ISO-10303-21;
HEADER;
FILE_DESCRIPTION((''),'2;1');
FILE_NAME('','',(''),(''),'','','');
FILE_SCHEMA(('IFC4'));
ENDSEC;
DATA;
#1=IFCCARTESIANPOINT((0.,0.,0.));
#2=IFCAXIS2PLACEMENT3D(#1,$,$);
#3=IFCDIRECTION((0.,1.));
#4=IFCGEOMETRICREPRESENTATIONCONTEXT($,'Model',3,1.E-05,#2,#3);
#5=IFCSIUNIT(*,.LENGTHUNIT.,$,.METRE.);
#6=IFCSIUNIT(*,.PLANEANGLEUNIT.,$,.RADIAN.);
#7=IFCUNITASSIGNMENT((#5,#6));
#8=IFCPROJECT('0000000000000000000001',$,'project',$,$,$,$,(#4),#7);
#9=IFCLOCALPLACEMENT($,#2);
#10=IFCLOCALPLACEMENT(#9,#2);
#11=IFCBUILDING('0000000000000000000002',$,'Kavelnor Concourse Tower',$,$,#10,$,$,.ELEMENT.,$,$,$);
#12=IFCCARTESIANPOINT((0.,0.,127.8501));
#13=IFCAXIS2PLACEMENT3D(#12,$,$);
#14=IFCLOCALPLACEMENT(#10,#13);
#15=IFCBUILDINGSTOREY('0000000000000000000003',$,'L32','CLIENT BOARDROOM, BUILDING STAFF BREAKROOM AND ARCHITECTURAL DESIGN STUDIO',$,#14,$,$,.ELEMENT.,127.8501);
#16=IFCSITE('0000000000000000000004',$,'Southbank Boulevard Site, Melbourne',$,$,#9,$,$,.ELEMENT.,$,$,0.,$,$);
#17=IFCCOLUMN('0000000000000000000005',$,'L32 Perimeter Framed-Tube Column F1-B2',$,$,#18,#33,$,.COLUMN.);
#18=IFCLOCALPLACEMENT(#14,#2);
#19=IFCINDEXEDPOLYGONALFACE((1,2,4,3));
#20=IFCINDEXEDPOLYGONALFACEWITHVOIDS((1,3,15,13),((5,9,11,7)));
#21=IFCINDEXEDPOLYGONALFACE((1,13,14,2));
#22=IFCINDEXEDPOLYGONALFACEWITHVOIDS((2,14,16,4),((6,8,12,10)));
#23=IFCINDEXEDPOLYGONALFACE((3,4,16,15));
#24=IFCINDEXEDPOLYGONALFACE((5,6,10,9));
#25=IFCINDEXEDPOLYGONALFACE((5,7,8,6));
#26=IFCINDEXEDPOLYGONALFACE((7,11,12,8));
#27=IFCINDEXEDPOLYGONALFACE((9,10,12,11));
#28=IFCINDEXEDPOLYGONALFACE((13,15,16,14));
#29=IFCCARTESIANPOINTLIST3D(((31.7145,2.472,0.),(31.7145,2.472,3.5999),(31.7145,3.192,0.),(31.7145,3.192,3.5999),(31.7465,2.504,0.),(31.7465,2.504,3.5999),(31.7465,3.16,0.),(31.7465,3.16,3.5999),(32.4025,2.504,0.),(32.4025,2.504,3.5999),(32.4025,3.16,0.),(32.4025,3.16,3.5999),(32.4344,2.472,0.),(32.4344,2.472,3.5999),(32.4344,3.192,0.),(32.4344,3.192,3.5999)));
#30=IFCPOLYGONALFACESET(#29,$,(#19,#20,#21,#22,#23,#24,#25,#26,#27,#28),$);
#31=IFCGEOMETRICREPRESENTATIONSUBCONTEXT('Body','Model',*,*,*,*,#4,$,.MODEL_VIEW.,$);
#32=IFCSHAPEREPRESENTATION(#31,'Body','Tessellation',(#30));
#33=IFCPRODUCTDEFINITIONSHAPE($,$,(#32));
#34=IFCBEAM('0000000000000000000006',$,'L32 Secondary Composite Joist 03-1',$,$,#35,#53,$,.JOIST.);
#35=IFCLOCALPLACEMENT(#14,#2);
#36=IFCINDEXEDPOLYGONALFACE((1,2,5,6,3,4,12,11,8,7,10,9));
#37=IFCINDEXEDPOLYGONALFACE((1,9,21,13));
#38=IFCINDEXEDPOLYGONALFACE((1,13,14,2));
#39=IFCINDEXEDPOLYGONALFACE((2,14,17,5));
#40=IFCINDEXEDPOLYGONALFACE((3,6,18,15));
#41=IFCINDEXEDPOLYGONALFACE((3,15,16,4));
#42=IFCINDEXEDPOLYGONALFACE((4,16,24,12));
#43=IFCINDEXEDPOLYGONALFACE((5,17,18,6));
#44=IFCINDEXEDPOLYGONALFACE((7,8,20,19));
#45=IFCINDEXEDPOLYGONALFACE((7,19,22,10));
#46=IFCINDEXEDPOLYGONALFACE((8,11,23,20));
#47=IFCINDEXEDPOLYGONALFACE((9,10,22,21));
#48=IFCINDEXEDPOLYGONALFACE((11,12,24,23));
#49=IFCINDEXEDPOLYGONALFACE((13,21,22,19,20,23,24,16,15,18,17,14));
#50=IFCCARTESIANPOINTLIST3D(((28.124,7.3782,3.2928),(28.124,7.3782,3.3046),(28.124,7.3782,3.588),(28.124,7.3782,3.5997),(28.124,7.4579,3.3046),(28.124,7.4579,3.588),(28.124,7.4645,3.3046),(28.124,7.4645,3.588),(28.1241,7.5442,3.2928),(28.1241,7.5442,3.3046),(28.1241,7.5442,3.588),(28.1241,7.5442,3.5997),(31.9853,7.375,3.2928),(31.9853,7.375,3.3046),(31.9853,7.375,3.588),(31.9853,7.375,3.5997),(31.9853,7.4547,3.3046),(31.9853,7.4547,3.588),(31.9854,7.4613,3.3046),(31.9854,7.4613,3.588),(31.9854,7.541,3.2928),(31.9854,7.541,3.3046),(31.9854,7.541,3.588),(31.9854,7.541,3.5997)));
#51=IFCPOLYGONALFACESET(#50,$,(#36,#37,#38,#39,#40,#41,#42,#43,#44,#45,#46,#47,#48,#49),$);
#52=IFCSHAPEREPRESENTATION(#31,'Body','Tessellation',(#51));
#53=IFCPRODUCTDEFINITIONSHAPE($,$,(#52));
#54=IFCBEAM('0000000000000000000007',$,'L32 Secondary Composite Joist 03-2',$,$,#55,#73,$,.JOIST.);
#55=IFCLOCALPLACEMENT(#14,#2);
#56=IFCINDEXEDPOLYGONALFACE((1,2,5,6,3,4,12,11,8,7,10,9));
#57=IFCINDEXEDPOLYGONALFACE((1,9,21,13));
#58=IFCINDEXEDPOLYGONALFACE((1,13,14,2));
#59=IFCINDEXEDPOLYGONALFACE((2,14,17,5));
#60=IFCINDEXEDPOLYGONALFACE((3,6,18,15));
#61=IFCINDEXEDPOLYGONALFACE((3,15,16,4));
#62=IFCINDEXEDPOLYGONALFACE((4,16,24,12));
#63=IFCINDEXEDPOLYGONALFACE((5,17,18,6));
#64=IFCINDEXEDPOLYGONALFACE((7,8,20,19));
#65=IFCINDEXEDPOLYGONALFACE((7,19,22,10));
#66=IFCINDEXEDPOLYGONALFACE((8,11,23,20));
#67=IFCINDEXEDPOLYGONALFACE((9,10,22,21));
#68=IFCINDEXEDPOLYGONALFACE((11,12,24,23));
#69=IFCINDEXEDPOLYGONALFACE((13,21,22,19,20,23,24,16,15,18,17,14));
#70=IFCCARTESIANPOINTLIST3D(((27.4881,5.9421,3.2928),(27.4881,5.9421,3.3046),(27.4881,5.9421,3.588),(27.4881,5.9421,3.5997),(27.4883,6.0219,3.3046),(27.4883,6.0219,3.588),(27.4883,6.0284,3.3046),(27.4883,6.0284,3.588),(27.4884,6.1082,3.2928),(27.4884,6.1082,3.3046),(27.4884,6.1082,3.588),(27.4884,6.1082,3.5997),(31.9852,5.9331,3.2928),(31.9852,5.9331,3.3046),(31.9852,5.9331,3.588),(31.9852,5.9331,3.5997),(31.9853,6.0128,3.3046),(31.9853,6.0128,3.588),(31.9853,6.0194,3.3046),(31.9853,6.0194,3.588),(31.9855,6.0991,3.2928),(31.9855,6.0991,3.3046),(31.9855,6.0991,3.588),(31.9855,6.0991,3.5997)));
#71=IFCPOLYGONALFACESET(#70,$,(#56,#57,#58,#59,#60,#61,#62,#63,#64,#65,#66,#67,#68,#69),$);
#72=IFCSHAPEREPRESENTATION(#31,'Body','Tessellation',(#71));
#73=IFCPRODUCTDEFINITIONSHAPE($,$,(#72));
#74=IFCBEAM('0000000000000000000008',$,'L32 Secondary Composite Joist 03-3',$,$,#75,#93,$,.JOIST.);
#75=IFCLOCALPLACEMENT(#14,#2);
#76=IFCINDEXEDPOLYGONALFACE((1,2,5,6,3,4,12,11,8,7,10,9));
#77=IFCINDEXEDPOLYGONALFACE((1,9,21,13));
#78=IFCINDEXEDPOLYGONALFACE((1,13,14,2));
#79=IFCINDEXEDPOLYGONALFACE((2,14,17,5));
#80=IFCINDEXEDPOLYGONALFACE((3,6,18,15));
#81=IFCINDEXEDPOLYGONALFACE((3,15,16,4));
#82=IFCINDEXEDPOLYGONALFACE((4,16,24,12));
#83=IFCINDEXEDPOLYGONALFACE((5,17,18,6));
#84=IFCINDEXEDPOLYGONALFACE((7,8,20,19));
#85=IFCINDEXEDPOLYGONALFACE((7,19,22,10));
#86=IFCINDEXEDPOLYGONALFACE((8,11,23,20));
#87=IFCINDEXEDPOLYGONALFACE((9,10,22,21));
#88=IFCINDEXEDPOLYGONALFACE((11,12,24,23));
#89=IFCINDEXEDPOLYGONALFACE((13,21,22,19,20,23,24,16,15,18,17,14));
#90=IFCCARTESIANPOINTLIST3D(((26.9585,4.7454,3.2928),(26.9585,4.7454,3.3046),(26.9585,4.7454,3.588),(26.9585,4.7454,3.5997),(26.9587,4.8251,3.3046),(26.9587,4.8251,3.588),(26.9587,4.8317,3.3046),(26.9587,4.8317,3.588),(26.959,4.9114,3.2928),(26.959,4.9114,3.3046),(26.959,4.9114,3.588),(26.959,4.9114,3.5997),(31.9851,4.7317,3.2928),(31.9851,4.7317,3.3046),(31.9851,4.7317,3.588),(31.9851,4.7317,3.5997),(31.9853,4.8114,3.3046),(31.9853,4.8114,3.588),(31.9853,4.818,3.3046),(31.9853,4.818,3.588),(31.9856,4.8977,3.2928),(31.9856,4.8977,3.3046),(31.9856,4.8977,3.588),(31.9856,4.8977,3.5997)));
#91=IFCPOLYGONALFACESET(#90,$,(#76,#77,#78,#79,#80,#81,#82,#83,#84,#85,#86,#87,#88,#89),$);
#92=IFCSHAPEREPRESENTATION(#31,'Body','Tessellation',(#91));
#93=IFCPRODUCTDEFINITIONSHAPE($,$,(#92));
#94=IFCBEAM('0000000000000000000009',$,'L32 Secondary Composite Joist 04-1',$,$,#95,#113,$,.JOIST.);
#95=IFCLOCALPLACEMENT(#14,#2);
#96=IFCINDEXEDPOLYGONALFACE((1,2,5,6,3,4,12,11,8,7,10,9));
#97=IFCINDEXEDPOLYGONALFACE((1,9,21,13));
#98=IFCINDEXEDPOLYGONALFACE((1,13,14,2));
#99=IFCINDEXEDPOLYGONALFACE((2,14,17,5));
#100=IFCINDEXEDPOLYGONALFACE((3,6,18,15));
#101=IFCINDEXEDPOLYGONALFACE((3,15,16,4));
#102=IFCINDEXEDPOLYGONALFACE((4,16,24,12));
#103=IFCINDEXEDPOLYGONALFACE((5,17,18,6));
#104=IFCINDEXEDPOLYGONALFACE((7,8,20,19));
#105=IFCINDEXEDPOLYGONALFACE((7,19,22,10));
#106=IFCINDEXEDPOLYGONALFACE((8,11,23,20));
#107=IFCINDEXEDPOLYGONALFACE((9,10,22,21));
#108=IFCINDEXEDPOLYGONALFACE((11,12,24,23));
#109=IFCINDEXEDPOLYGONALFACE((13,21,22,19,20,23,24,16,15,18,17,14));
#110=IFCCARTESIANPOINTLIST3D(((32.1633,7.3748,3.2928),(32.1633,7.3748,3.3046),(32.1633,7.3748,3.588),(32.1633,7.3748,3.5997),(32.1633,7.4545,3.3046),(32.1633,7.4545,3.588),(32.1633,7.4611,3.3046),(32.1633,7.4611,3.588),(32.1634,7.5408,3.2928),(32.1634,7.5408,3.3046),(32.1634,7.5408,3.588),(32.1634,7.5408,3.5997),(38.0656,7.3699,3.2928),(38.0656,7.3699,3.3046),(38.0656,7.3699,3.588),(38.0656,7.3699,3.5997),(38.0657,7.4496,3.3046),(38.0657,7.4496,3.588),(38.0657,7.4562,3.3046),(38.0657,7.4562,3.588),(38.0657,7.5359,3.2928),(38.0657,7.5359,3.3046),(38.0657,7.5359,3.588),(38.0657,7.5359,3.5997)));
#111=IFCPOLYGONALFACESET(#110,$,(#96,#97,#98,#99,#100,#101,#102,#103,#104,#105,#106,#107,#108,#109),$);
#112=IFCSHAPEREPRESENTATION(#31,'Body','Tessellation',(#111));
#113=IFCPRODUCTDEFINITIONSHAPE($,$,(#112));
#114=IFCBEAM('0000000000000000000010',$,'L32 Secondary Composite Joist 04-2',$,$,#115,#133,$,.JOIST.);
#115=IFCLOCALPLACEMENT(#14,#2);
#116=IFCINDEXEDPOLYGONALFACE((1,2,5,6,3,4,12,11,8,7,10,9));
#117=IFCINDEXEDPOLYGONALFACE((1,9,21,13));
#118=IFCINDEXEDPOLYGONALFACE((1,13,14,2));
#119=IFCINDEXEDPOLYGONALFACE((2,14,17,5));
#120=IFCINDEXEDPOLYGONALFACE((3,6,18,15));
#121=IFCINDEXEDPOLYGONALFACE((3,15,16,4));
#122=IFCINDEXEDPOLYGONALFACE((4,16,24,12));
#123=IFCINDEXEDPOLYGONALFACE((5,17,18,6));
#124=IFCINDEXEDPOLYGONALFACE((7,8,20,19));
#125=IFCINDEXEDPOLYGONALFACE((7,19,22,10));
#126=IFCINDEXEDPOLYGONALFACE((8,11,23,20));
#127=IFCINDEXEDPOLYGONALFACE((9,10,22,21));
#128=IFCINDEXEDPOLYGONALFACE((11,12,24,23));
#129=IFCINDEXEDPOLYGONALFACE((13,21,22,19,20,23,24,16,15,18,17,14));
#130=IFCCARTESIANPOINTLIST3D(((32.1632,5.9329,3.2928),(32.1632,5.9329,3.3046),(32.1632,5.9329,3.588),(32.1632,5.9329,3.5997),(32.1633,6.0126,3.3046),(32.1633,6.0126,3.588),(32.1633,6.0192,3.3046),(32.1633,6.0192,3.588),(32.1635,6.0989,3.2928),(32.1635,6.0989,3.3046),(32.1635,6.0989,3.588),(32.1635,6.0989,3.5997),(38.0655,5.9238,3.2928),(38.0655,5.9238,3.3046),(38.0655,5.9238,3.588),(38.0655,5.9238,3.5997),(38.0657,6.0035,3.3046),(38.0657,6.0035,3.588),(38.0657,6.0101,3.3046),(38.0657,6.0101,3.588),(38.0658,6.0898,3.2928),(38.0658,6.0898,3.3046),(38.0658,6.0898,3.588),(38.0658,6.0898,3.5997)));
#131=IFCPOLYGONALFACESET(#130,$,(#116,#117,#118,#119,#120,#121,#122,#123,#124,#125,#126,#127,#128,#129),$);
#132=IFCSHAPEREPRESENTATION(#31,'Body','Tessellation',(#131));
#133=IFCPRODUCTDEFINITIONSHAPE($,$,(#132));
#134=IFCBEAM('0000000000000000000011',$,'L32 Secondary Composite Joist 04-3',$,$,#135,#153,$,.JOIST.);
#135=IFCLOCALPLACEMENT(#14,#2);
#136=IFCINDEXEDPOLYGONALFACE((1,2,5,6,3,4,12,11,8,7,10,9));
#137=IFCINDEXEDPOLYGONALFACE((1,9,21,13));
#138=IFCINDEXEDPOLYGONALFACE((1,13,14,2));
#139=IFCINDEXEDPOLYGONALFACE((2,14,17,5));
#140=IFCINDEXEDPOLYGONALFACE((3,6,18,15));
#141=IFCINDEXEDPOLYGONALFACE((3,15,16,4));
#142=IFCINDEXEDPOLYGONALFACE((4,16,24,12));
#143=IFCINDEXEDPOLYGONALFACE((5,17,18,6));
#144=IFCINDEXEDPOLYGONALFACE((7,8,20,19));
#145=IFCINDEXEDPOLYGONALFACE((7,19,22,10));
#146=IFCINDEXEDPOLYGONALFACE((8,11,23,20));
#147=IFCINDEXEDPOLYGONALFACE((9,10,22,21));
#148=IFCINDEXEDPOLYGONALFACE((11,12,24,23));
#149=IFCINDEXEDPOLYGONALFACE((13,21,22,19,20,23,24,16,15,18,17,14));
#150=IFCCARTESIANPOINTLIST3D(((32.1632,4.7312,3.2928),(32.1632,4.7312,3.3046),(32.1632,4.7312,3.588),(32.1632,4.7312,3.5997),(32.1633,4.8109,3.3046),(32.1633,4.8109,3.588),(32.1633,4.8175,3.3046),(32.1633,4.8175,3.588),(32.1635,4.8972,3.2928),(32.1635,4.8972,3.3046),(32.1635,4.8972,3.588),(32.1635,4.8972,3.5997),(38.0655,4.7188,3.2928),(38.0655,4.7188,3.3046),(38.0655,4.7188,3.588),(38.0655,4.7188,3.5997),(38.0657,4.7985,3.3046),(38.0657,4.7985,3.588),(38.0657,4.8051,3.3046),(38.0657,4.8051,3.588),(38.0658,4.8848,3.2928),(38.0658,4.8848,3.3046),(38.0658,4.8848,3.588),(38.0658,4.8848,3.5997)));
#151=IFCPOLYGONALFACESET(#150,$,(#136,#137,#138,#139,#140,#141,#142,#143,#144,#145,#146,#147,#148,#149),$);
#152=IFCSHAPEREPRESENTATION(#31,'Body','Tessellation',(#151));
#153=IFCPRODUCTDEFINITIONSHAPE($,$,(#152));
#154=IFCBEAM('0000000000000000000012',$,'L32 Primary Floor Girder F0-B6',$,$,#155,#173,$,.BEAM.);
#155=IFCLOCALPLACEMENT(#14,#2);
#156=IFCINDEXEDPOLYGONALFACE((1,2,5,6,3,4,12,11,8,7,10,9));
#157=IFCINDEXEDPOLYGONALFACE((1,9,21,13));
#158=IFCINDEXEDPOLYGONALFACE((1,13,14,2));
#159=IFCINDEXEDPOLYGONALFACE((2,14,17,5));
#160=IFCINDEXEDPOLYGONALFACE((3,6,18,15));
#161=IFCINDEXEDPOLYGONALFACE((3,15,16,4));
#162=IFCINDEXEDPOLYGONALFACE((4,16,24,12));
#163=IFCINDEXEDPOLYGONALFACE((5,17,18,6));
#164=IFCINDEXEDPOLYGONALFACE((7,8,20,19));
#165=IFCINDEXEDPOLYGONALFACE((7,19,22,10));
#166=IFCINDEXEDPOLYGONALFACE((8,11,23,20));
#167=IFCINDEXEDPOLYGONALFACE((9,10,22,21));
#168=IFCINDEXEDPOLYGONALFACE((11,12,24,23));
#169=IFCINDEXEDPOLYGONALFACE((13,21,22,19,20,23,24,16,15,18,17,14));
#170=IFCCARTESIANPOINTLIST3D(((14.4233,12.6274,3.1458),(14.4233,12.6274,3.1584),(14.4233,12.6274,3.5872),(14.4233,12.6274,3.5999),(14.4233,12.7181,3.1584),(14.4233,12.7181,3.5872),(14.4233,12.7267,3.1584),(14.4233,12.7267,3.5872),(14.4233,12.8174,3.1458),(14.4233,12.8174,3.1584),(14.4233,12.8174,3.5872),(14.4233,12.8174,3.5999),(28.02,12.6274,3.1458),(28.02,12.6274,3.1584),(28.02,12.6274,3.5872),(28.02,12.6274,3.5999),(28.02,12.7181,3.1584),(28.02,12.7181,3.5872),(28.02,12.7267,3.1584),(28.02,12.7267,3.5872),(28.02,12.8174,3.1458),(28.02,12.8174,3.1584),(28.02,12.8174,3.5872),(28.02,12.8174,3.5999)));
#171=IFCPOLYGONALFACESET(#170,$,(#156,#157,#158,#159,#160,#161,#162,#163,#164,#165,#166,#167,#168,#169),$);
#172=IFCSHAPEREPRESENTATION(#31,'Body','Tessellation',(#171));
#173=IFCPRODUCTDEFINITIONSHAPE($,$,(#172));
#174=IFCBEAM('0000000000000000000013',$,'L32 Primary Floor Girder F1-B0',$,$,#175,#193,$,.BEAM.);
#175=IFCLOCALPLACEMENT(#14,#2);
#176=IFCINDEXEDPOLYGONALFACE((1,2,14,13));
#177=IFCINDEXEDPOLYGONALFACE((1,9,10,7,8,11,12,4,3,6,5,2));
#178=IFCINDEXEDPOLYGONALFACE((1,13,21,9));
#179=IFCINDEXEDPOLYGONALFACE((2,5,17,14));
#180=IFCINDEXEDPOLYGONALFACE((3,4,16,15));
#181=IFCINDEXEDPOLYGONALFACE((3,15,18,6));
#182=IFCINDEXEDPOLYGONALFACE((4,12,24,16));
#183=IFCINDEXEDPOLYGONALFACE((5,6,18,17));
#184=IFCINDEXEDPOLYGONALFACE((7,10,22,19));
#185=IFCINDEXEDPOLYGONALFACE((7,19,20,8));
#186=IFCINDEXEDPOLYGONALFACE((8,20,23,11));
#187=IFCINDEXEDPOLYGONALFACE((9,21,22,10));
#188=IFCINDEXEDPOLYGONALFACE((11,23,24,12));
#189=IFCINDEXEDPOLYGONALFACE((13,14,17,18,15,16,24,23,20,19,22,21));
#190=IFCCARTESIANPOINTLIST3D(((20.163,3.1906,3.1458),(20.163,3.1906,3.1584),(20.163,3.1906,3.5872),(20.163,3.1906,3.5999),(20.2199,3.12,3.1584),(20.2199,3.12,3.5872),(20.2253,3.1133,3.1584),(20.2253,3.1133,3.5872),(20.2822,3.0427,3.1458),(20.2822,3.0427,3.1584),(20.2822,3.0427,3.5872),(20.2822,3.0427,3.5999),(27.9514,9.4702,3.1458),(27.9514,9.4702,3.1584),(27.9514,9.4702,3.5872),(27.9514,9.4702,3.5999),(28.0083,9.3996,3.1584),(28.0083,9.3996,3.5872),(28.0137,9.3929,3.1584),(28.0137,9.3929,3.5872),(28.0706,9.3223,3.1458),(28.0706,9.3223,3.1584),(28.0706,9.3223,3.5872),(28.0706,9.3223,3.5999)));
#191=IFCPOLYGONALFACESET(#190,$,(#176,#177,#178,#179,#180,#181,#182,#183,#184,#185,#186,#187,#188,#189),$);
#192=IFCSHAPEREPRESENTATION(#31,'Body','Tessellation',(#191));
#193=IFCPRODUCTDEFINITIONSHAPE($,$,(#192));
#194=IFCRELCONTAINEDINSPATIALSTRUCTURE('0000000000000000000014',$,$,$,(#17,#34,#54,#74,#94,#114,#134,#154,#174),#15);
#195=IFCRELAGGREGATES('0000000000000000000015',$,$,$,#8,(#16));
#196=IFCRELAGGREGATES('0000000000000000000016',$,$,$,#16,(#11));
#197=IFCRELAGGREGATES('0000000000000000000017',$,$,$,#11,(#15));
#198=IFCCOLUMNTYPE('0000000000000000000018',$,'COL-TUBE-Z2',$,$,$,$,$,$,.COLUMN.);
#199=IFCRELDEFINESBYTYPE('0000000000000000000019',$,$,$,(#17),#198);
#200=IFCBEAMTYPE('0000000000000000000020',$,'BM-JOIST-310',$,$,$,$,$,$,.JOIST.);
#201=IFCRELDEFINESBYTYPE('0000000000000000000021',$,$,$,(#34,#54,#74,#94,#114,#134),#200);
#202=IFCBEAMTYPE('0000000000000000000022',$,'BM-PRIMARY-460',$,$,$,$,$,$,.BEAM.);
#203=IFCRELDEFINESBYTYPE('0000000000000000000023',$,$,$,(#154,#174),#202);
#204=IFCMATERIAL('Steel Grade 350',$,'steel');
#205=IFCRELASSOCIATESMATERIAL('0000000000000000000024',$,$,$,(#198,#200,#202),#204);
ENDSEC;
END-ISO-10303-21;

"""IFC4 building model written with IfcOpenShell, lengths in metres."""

from ifc_helpers import new_model, si_unit, direction, frame, origin, origin_2d, place, context, subcontext, project, spatial, hollow_rectangle, i_section, extrude, material, material_profile, profile_set, type_object, element, save


model = new_model("IFC4")

# Units and contexts
model_context = context("Model", 3, precision=1e-05, world=origin(), true_north=direction((0.0, 1.0)))
body_context = subcontext(model_context, "Body", "Model", "MODEL_VIEW")
ifc_project = project(units=[si_unit("LENGTHUNIT", "METRE"), si_unit("PLANEANGLEUNIT", "RADIAN")], contexts=[model_context])

# Site, building, storey
site_placement = place(None, origin())
site = spatial("IfcSite", under=ifc_project, at=site_placement, Name="Southbank Boulevard Site, Melbourne", CompositionType="ELEMENT", RefElevation=0.0)
building_placement = place(site_placement, origin())
building = spatial("IfcBuilding", under=site, at=building_placement, Name="Kavelnor Concourse Tower", CompositionType="ELEMENT")
storey_placement = place(building_placement, frame((0.0, 0.0, 127.8501)))
storey = spatial("IfcBuildingStorey", under=building, at=storey_placement, Name="L32", Description="CLIENT BOARDROOM, BUILDING STAFF BREAKROOM AND ARCHITECTURAL DESIGN STUDIO", CompositionType="ELEMENT", Elevation=127.8501)

# Column
ifc_material_1 = material(Name="Steel Grade 350", Category="steel")
ifc_material_profile_1 = material_profile(ifc_material_1, hollow_rectangle(XDim=0.72, YDim=0.72, WallThickness=0.032, at=origin_2d()), Name="SHS 720x720x32")
ifc_profile_set_1 = profile_set([ifc_material_profile_1], Name="Steel Grade 350")
column_type = type_object("IfcColumnType", Name="COL-TUBE-Z2", PredefinedType="COLUMN", material=ifc_profile_set_1)
column_placement = place(storey_placement, frame((32.0745, 2.832, 0.0), z_axis=(0.0, 0.0, 1.0), x_axis=(1.0, 0.0, 0.0)))
element("IfcColumn", 1, at=column_placement, inside=storey, type_object=column_type, Name="L32 Perimeter Framed-Tube Column F1-B2", PredefinedType="COLUMN", context=body_context, shape_type="SweptSolid", body=[
    extrude(hollow_rectangle(XDim=0.72, YDim=0.72, WallThickness=0.032, at=origin_2d()), origin(), (0.0, 0.0, 1.0), 3.5999),
])

# Beams
ifc_material_profile_2 = material_profile(ifc_material_1, i_section(OverallWidth=0.166, OverallDepth=0.3069, WebThickness=0.0066, FlangeThickness=0.0117, at=origin_2d()), Name="310UB46")
ifc_profile_set_2 = profile_set([ifc_material_profile_2], Name="Steel Grade 350")
beam_type_1 = type_object("IfcBeamType", Name="BM-JOIST-310", PredefinedType="JOIST", material=ifc_profile_set_2)
beam_1_placement = place(storey_placement, frame((28.124, 7.4612, 3.4463), z_axis=(1.0, -0.000822, 0.0), x_axis=(0.000822, 1.0, 0.0)))
element("IfcBeam", 2, at=beam_1_placement, inside=storey, type_object=beam_type_1, Name="L32 Secondary Composite Joist 03-1", PredefinedType="JOIST", context=body_context, shape_type="SweptSolid", body=[
    extrude(i_section(OverallWidth=0.166, OverallDepth=0.3069, WebThickness=0.0066, FlangeThickness=0.0117, at=origin_2d()), origin(), (0.0, 0.0, 1.0), 3.8613),
])
beam_2_placement = place(storey_placement, frame((27.4883, 6.0251, 3.4463), z_axis=(0.999998, -0.002009, 0.0), x_axis=(0.002009, 0.999998, 0.0)))
element("IfcBeam", 3, at=beam_2_placement, inside=storey, type_object=beam_type_1, Name="L32 Secondary Composite Joist 03-2", PredefinedType="JOIST", context=body_context, shape_type="SweptSolid", body=[
    extrude(i_section(OverallWidth=0.166, OverallDepth=0.3069, WebThickness=0.0066, FlangeThickness=0.0117, at=origin_2d()), origin(), (0.0, 0.0, 1.0), 4.4971),
])
beam_3_placement = place(storey_placement, frame((26.9587, 4.8284, 3.4463), z_axis=(0.999996, -0.00272, 0.0), x_axis=(0.00272, 0.999996, 0.0)))
element("IfcBeam", 4, at=beam_3_placement, inside=storey, type_object=beam_type_1, Name="L32 Secondary Composite Joist 03-3", PredefinedType="JOIST", context=body_context, shape_type="SweptSolid", body=[
    extrude(i_section(OverallWidth=0.166, OverallDepth=0.3069, WebThickness=0.0066, FlangeThickness=0.0117, at=origin_2d()), origin(), (0.0, 0.0, 1.0), 5.0266),
])
for number, where, z_axis, x_axis, name in (
    (5, (32.1633, 7.4578, 3.4463), (1.0, -0.000827, 0.0), (0.000827, 1.0, 0.0), "L32 Secondary Composite Joist 04-1"),
    (6, (32.1633, 6.0159, 3.4463), (0.999999, -0.00153, 0.0), (0.00153, 0.999999, 0.0), "L32 Secondary Composite Joist 04-2"),
    (7, (32.1633, 4.8142, 3.4463), (0.999998, -0.00211, 0.0), (0.00211, 0.999998, 0.0), "L32 Secondary Composite Joist 04-3"),
):
    element("IfcBeam", number, at=place(storey_placement, frame(where, z_axis=z_axis, x_axis=x_axis)), inside=storey, type_object=beam_type_1, Name=name, PredefinedType="JOIST", context=body_context, shape_type="SweptSolid", body=[
        extrude(i_section(OverallWidth=0.166, OverallDepth=0.3069, WebThickness=0.0066, FlangeThickness=0.0117, at=origin_2d()), origin(), (0.0, 0.0, 1.0), 5.9023),
    ])
ifc_material_profile_3 = material_profile(ifc_material_1, i_section(OverallWidth=0.1899, OverallDepth=0.4541, WebThickness=0.0085, FlangeThickness=0.0127, at=origin_2d()), Name="460UB67")
ifc_profile_set_3 = profile_set([ifc_material_profile_3], Name="Steel Grade 350")
beam_type_2 = type_object("IfcBeamType", Name="BM-PRIMARY-460", PredefinedType="BEAM", material=ifc_profile_set_3)
beam_4_placement = place(storey_placement, frame((28.02, 12.7224, 3.3728), z_axis=(-1.0, 0.0, 0.0), x_axis=(0.0, -1.0, 0.0)))
element("IfcBeam", 8, at=beam_4_placement, inside=storey, type_object=beam_type_2, Name="L32 Primary Floor Girder F0-B6", PredefinedType="BEAM", context=body_context, shape_type="SweptSolid", body=[
    extrude(i_section(OverallWidth=0.1899, OverallDepth=0.4541, WebThickness=0.0085, FlangeThickness=0.0127, at=origin_2d()), origin(), (0.0, 0.0, 1.0), 13.5967),
])
beam_5_placement = place(storey_placement, frame((28.011, 9.3962, 3.3728), z_axis=(-0.77848, -0.627669, 0.0), x_axis=(0.627669, -0.77848, 0.0)))
element("IfcBeam", 9, at=beam_5_placement, inside=storey, type_object=beam_type_2, Name="L32 Primary Floor Girder F1-B0", PredefinedType="BEAM", context=body_context, shape_type="SweptSolid", body=[
    extrude(i_section(OverallWidth=0.1899, OverallDepth=0.4541, WebThickness=0.0085, FlangeThickness=0.0127, at=origin_2d()), origin(), (0.0, 0.0, 1.0), 10.0046),
])

save(model, "model.ifc")
